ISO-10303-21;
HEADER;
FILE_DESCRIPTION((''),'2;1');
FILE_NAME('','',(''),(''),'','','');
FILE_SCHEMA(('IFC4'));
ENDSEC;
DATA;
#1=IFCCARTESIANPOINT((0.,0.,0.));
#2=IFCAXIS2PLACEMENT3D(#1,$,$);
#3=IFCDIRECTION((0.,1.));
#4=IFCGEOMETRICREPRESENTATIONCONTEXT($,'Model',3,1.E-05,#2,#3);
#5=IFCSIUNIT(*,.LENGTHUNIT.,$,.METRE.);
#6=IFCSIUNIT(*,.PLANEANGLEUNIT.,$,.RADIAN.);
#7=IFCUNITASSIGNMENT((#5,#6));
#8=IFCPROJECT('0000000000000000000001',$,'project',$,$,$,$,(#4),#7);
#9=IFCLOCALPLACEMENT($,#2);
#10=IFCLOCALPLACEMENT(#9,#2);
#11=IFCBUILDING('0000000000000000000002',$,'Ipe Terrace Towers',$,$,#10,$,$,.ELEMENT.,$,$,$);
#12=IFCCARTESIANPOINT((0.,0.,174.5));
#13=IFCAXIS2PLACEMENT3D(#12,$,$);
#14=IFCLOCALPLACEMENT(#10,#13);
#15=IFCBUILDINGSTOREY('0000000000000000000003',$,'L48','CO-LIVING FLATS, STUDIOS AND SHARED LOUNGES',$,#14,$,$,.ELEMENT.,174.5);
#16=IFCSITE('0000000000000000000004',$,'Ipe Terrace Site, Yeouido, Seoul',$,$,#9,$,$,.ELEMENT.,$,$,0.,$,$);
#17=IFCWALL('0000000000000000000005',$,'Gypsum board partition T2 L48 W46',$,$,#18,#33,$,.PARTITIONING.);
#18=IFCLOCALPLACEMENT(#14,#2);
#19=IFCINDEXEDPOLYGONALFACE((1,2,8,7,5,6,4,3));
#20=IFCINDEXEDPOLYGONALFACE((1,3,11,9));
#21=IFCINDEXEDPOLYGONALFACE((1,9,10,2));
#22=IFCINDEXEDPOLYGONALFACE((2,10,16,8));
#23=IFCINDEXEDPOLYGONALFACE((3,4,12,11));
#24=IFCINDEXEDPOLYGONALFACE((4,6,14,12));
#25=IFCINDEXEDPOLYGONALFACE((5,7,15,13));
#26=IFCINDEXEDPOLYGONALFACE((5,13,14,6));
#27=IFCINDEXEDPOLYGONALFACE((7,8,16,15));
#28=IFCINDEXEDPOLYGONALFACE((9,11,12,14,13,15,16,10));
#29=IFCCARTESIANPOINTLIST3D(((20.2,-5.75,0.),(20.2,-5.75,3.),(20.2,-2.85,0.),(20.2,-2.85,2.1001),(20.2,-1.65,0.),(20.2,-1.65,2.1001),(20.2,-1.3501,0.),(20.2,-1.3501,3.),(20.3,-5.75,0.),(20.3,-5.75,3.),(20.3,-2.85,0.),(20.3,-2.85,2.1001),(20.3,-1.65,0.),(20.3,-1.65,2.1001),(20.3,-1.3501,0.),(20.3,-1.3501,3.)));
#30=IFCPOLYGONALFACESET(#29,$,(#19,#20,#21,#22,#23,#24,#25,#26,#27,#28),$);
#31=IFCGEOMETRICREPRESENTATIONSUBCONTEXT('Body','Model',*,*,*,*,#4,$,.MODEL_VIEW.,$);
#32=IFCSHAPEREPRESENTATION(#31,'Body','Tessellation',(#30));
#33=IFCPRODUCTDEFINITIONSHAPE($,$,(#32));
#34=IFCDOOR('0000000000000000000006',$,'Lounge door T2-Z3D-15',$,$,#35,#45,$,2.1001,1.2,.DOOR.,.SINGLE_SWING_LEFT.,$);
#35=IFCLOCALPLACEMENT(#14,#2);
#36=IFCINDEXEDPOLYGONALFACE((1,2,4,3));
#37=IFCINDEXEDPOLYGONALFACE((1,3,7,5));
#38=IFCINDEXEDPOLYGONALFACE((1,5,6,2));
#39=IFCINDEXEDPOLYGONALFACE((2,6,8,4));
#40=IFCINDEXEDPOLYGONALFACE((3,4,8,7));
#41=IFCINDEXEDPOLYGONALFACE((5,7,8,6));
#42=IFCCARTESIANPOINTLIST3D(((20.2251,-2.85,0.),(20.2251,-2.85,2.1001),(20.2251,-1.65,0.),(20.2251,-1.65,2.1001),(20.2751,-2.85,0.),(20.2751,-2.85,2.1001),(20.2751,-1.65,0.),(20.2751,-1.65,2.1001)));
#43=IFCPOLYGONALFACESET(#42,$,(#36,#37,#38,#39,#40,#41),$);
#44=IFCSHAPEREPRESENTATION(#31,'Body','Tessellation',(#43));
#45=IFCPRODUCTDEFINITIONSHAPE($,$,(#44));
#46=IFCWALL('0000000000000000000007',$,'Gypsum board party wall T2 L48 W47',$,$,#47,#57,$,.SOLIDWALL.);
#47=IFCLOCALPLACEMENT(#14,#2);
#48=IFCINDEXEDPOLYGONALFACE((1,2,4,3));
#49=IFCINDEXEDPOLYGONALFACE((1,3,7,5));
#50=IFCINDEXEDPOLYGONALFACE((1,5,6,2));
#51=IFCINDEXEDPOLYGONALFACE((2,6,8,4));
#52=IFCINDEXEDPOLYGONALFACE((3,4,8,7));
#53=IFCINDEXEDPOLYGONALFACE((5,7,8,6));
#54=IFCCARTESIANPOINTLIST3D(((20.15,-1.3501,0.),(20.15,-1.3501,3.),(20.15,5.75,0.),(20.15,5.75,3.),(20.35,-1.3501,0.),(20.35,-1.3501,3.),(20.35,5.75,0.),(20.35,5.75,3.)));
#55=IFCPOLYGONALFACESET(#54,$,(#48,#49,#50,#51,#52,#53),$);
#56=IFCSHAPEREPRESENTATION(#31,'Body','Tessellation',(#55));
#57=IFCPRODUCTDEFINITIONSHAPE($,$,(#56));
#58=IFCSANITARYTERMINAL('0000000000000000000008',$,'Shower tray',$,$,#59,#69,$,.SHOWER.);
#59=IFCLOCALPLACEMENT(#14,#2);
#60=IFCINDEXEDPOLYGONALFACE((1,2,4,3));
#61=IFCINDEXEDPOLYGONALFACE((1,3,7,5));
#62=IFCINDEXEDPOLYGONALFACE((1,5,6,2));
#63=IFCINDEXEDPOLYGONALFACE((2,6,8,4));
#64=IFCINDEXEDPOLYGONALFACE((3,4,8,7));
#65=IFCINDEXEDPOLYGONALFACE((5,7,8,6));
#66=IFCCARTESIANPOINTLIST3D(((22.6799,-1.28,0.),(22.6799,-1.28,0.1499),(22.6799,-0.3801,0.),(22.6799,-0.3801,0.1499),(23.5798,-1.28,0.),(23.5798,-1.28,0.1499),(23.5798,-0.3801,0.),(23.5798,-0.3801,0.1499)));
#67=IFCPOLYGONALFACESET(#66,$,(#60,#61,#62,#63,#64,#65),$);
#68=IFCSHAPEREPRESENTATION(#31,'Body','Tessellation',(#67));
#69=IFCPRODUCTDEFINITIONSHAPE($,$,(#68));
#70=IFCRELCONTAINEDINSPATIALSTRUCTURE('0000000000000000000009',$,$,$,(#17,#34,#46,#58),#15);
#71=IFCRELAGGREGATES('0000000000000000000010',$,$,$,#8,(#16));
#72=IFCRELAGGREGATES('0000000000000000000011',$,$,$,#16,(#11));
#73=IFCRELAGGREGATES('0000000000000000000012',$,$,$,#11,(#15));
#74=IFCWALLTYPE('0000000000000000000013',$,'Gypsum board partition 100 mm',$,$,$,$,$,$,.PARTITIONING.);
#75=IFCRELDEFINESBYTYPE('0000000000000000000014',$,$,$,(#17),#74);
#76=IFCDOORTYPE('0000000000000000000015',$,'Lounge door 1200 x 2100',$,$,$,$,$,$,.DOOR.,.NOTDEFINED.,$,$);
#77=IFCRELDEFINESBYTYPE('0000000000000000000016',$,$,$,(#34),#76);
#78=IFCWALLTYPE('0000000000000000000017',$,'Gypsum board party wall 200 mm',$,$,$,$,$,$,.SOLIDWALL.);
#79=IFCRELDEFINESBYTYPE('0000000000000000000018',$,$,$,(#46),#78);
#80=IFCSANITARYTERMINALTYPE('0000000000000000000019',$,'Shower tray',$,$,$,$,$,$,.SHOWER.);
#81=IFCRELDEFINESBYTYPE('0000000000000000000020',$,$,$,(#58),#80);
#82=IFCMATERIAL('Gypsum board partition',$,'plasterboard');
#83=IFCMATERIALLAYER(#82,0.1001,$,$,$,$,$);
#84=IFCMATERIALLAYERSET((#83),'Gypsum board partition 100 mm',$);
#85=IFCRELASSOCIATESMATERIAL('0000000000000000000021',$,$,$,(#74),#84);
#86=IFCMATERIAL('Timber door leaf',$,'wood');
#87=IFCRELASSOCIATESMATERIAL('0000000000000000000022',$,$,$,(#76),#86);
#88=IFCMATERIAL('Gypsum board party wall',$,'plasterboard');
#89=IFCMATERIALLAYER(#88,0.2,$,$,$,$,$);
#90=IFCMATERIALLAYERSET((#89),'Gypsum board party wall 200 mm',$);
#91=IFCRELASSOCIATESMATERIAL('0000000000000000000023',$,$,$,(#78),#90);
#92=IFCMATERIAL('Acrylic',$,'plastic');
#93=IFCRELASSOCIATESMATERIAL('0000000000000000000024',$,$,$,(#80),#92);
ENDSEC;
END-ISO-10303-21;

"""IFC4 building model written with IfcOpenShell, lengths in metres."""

from ifc_helpers import new_model, si_unit, direction, frame, frame_2d, origin, origin_2d, place, context, subcontext, project, spatial, rectangle, extrude, material, layer, layer_set, type_object, element, fill, save


model = new_model("IFC4")

# Units and contexts
model_context = context("Model", 3, precision=1e-05, world=origin(), true_north=direction((0.0, 1.0)))
body_context = subcontext(model_context, "Body", "Model", "MODEL_VIEW")
ifc_project = project(units=[si_unit("LENGTHUNIT", "METRE"), si_unit("PLANEANGLEUNIT", "RADIAN")], contexts=[model_context])

# Site, building, storey
site_placement = place(None, origin())
site = spatial("IfcSite", under=ifc_project, at=site_placement, Name="Ipe Terrace Site, Yeouido, Seoul", CompositionType="ELEMENT", RefElevation=0.0)
building_placement = place(site_placement, origin())
building = spatial("IfcBuilding", under=site, at=building_placement, Name="Ipe Terrace Towers", CompositionType="ELEMENT")
storey_placement = place(building_placement, frame((0.0, 0.0, 174.5)))
storey = spatial("IfcBuildingStorey", under=building, at=storey_placement, Name="L48", Description="CO-LIVING FLATS, STUDIOS AND SHARED LOUNGES", CompositionType="ELEMENT", Elevation=174.5)

# Shared definitions
ifc_material_1 = material(Name="Gypsum board partition", Category="plasterboard")
ifc_layer_1 = layer(ifc_material_1, 0.1001)
ifc_layer_set_1 = layer_set([ifc_layer_1], Name="Gypsum board partition 100 mm")
wall_type_1 = type_object("IfcWallType", Name="Gypsum board partition 100 mm", PredefinedType="PARTITIONING", material=ifc_layer_set_1)

# Wall, opening, door
wall_1_placement = place(storey_placement, frame((20.25, -5.75, 0.0), z_axis=(0.0, 0.0, 1.0), x_axis=(0.0, 1.0, 0.0)))
wall_1 = element("IfcWall", 1, at=wall_1_placement, inside=storey, type_object=wall_type_1, Name="Gypsum board partition T2 L48 W46", PredefinedType="PARTITIONING", context=body_context, shape_type="SweptSolid", body=[
    extrude(rectangle(XDim=4.3999, YDim=0.1001, at=frame_2d((2.2, 0.0))), origin(), (0.0, 0.0, 1.0), 3.0),
])
opening_placement = place(wall_1_placement, frame((2.8999, 0.0, 0.0)))
opening = element("IfcOpeningElement", 2, at=opening_placement, cuts=wall_1, PredefinedType="OPENING", context=body_context, shape_type="SweptSolid", body=[
    extrude(rectangle(XDim=1.2, YDim=2.1001, at=frame_2d((0.6001, 1.05))), frame((0.0, 0.0601, 0.0), z_axis=(0.0, -1.0, 0.0), x_axis=(1.0, 0.0, 0.0)), (0.0, 0.0, 1.0), 0.1201),
])
ifc_material_2 = material(Name="Timber door leaf", Category="wood")
door_type = type_object("IfcDoorType", Name="Lounge door 1200 x 2100", OperationType="NOTDEFINED", PredefinedType="DOOR", material=ifc_material_2)
door_placement = place(opening_placement, origin())
door = element("IfcDoor", 3, at=door_placement, inside=storey, type_object=door_type, Name="Lounge door T2-Z3D-15", OperationType="SINGLE_SWING_LEFT", OverallHeight=2.1001, OverallWidth=1.2, PredefinedType="DOOR", context=body_context, shape_type="SweptSolid", body=[
    extrude(rectangle(XDim=1.2, YDim=2.1001, at=frame_2d((0.6001, 1.05))), frame((0.0, 0.0249, 0.0), z_axis=(0.0, -1.0, 0.0), x_axis=(1.0, 0.0, 0.0)), (0.0, 0.0, 1.0), 0.05),
])
fill(opening, door)

# Wall
ifc_material_3 = material(Name="Gypsum board party wall", Category="plasterboard")
ifc_layer_2 = layer(ifc_material_3, 0.2)
ifc_layer_set_2 = layer_set([ifc_layer_2], Name="Gypsum board party wall 200 mm")
wall_type_2 = type_object("IfcWallType", Name="Gypsum board party wall 200 mm", PredefinedType="SOLIDWALL", material=ifc_layer_set_2)
wall_2_placement = place(storey_placement, frame((20.25, -1.3501, 0.0), z_axis=(0.0, 0.0, 1.0), x_axis=(0.0, 1.0, 0.0)))
element("IfcWall", 4, at=wall_2_placement, inside=storey, type_object=wall_type_2, Name="Gypsum board party wall T2 L48 W47", PredefinedType="SOLIDWALL", context=body_context, shape_type="SweptSolid", body=[
    extrude(rectangle(XDim=7.1001, YDim=0.2, at=frame_2d((3.55, 0.0))), origin(), (0.0, 0.0, 1.0), 3.0),
])

# Sanitary terminal
ifc_material_4 = material(Name="Acrylic", Category="plastic")
sanitary_terminal_type = type_object("IfcSanitaryTerminalType", Name="Shower tray", PredefinedType="SHOWER", material=ifc_material_4)
sanitary_terminal_placement = place(storey_placement, frame((23.1299, -0.8301, 0.0), z_axis=(0.0, 0.0, 1.0), x_axis=(0.0, 1.0, 0.0)))
element("IfcSanitaryTerminal", 5, at=sanitary_terminal_placement, inside=storey, type_object=sanitary_terminal_type, Name="Shower tray", PredefinedType="SHOWER", context=body_context, shape_type="SweptSolid", body=[
    extrude(rectangle(XDim=0.8999, YDim=0.8999, at=origin_2d()), origin(), (0.0, 0.0, 1.0), 0.1499),
])

save(model, "model.ifc")
